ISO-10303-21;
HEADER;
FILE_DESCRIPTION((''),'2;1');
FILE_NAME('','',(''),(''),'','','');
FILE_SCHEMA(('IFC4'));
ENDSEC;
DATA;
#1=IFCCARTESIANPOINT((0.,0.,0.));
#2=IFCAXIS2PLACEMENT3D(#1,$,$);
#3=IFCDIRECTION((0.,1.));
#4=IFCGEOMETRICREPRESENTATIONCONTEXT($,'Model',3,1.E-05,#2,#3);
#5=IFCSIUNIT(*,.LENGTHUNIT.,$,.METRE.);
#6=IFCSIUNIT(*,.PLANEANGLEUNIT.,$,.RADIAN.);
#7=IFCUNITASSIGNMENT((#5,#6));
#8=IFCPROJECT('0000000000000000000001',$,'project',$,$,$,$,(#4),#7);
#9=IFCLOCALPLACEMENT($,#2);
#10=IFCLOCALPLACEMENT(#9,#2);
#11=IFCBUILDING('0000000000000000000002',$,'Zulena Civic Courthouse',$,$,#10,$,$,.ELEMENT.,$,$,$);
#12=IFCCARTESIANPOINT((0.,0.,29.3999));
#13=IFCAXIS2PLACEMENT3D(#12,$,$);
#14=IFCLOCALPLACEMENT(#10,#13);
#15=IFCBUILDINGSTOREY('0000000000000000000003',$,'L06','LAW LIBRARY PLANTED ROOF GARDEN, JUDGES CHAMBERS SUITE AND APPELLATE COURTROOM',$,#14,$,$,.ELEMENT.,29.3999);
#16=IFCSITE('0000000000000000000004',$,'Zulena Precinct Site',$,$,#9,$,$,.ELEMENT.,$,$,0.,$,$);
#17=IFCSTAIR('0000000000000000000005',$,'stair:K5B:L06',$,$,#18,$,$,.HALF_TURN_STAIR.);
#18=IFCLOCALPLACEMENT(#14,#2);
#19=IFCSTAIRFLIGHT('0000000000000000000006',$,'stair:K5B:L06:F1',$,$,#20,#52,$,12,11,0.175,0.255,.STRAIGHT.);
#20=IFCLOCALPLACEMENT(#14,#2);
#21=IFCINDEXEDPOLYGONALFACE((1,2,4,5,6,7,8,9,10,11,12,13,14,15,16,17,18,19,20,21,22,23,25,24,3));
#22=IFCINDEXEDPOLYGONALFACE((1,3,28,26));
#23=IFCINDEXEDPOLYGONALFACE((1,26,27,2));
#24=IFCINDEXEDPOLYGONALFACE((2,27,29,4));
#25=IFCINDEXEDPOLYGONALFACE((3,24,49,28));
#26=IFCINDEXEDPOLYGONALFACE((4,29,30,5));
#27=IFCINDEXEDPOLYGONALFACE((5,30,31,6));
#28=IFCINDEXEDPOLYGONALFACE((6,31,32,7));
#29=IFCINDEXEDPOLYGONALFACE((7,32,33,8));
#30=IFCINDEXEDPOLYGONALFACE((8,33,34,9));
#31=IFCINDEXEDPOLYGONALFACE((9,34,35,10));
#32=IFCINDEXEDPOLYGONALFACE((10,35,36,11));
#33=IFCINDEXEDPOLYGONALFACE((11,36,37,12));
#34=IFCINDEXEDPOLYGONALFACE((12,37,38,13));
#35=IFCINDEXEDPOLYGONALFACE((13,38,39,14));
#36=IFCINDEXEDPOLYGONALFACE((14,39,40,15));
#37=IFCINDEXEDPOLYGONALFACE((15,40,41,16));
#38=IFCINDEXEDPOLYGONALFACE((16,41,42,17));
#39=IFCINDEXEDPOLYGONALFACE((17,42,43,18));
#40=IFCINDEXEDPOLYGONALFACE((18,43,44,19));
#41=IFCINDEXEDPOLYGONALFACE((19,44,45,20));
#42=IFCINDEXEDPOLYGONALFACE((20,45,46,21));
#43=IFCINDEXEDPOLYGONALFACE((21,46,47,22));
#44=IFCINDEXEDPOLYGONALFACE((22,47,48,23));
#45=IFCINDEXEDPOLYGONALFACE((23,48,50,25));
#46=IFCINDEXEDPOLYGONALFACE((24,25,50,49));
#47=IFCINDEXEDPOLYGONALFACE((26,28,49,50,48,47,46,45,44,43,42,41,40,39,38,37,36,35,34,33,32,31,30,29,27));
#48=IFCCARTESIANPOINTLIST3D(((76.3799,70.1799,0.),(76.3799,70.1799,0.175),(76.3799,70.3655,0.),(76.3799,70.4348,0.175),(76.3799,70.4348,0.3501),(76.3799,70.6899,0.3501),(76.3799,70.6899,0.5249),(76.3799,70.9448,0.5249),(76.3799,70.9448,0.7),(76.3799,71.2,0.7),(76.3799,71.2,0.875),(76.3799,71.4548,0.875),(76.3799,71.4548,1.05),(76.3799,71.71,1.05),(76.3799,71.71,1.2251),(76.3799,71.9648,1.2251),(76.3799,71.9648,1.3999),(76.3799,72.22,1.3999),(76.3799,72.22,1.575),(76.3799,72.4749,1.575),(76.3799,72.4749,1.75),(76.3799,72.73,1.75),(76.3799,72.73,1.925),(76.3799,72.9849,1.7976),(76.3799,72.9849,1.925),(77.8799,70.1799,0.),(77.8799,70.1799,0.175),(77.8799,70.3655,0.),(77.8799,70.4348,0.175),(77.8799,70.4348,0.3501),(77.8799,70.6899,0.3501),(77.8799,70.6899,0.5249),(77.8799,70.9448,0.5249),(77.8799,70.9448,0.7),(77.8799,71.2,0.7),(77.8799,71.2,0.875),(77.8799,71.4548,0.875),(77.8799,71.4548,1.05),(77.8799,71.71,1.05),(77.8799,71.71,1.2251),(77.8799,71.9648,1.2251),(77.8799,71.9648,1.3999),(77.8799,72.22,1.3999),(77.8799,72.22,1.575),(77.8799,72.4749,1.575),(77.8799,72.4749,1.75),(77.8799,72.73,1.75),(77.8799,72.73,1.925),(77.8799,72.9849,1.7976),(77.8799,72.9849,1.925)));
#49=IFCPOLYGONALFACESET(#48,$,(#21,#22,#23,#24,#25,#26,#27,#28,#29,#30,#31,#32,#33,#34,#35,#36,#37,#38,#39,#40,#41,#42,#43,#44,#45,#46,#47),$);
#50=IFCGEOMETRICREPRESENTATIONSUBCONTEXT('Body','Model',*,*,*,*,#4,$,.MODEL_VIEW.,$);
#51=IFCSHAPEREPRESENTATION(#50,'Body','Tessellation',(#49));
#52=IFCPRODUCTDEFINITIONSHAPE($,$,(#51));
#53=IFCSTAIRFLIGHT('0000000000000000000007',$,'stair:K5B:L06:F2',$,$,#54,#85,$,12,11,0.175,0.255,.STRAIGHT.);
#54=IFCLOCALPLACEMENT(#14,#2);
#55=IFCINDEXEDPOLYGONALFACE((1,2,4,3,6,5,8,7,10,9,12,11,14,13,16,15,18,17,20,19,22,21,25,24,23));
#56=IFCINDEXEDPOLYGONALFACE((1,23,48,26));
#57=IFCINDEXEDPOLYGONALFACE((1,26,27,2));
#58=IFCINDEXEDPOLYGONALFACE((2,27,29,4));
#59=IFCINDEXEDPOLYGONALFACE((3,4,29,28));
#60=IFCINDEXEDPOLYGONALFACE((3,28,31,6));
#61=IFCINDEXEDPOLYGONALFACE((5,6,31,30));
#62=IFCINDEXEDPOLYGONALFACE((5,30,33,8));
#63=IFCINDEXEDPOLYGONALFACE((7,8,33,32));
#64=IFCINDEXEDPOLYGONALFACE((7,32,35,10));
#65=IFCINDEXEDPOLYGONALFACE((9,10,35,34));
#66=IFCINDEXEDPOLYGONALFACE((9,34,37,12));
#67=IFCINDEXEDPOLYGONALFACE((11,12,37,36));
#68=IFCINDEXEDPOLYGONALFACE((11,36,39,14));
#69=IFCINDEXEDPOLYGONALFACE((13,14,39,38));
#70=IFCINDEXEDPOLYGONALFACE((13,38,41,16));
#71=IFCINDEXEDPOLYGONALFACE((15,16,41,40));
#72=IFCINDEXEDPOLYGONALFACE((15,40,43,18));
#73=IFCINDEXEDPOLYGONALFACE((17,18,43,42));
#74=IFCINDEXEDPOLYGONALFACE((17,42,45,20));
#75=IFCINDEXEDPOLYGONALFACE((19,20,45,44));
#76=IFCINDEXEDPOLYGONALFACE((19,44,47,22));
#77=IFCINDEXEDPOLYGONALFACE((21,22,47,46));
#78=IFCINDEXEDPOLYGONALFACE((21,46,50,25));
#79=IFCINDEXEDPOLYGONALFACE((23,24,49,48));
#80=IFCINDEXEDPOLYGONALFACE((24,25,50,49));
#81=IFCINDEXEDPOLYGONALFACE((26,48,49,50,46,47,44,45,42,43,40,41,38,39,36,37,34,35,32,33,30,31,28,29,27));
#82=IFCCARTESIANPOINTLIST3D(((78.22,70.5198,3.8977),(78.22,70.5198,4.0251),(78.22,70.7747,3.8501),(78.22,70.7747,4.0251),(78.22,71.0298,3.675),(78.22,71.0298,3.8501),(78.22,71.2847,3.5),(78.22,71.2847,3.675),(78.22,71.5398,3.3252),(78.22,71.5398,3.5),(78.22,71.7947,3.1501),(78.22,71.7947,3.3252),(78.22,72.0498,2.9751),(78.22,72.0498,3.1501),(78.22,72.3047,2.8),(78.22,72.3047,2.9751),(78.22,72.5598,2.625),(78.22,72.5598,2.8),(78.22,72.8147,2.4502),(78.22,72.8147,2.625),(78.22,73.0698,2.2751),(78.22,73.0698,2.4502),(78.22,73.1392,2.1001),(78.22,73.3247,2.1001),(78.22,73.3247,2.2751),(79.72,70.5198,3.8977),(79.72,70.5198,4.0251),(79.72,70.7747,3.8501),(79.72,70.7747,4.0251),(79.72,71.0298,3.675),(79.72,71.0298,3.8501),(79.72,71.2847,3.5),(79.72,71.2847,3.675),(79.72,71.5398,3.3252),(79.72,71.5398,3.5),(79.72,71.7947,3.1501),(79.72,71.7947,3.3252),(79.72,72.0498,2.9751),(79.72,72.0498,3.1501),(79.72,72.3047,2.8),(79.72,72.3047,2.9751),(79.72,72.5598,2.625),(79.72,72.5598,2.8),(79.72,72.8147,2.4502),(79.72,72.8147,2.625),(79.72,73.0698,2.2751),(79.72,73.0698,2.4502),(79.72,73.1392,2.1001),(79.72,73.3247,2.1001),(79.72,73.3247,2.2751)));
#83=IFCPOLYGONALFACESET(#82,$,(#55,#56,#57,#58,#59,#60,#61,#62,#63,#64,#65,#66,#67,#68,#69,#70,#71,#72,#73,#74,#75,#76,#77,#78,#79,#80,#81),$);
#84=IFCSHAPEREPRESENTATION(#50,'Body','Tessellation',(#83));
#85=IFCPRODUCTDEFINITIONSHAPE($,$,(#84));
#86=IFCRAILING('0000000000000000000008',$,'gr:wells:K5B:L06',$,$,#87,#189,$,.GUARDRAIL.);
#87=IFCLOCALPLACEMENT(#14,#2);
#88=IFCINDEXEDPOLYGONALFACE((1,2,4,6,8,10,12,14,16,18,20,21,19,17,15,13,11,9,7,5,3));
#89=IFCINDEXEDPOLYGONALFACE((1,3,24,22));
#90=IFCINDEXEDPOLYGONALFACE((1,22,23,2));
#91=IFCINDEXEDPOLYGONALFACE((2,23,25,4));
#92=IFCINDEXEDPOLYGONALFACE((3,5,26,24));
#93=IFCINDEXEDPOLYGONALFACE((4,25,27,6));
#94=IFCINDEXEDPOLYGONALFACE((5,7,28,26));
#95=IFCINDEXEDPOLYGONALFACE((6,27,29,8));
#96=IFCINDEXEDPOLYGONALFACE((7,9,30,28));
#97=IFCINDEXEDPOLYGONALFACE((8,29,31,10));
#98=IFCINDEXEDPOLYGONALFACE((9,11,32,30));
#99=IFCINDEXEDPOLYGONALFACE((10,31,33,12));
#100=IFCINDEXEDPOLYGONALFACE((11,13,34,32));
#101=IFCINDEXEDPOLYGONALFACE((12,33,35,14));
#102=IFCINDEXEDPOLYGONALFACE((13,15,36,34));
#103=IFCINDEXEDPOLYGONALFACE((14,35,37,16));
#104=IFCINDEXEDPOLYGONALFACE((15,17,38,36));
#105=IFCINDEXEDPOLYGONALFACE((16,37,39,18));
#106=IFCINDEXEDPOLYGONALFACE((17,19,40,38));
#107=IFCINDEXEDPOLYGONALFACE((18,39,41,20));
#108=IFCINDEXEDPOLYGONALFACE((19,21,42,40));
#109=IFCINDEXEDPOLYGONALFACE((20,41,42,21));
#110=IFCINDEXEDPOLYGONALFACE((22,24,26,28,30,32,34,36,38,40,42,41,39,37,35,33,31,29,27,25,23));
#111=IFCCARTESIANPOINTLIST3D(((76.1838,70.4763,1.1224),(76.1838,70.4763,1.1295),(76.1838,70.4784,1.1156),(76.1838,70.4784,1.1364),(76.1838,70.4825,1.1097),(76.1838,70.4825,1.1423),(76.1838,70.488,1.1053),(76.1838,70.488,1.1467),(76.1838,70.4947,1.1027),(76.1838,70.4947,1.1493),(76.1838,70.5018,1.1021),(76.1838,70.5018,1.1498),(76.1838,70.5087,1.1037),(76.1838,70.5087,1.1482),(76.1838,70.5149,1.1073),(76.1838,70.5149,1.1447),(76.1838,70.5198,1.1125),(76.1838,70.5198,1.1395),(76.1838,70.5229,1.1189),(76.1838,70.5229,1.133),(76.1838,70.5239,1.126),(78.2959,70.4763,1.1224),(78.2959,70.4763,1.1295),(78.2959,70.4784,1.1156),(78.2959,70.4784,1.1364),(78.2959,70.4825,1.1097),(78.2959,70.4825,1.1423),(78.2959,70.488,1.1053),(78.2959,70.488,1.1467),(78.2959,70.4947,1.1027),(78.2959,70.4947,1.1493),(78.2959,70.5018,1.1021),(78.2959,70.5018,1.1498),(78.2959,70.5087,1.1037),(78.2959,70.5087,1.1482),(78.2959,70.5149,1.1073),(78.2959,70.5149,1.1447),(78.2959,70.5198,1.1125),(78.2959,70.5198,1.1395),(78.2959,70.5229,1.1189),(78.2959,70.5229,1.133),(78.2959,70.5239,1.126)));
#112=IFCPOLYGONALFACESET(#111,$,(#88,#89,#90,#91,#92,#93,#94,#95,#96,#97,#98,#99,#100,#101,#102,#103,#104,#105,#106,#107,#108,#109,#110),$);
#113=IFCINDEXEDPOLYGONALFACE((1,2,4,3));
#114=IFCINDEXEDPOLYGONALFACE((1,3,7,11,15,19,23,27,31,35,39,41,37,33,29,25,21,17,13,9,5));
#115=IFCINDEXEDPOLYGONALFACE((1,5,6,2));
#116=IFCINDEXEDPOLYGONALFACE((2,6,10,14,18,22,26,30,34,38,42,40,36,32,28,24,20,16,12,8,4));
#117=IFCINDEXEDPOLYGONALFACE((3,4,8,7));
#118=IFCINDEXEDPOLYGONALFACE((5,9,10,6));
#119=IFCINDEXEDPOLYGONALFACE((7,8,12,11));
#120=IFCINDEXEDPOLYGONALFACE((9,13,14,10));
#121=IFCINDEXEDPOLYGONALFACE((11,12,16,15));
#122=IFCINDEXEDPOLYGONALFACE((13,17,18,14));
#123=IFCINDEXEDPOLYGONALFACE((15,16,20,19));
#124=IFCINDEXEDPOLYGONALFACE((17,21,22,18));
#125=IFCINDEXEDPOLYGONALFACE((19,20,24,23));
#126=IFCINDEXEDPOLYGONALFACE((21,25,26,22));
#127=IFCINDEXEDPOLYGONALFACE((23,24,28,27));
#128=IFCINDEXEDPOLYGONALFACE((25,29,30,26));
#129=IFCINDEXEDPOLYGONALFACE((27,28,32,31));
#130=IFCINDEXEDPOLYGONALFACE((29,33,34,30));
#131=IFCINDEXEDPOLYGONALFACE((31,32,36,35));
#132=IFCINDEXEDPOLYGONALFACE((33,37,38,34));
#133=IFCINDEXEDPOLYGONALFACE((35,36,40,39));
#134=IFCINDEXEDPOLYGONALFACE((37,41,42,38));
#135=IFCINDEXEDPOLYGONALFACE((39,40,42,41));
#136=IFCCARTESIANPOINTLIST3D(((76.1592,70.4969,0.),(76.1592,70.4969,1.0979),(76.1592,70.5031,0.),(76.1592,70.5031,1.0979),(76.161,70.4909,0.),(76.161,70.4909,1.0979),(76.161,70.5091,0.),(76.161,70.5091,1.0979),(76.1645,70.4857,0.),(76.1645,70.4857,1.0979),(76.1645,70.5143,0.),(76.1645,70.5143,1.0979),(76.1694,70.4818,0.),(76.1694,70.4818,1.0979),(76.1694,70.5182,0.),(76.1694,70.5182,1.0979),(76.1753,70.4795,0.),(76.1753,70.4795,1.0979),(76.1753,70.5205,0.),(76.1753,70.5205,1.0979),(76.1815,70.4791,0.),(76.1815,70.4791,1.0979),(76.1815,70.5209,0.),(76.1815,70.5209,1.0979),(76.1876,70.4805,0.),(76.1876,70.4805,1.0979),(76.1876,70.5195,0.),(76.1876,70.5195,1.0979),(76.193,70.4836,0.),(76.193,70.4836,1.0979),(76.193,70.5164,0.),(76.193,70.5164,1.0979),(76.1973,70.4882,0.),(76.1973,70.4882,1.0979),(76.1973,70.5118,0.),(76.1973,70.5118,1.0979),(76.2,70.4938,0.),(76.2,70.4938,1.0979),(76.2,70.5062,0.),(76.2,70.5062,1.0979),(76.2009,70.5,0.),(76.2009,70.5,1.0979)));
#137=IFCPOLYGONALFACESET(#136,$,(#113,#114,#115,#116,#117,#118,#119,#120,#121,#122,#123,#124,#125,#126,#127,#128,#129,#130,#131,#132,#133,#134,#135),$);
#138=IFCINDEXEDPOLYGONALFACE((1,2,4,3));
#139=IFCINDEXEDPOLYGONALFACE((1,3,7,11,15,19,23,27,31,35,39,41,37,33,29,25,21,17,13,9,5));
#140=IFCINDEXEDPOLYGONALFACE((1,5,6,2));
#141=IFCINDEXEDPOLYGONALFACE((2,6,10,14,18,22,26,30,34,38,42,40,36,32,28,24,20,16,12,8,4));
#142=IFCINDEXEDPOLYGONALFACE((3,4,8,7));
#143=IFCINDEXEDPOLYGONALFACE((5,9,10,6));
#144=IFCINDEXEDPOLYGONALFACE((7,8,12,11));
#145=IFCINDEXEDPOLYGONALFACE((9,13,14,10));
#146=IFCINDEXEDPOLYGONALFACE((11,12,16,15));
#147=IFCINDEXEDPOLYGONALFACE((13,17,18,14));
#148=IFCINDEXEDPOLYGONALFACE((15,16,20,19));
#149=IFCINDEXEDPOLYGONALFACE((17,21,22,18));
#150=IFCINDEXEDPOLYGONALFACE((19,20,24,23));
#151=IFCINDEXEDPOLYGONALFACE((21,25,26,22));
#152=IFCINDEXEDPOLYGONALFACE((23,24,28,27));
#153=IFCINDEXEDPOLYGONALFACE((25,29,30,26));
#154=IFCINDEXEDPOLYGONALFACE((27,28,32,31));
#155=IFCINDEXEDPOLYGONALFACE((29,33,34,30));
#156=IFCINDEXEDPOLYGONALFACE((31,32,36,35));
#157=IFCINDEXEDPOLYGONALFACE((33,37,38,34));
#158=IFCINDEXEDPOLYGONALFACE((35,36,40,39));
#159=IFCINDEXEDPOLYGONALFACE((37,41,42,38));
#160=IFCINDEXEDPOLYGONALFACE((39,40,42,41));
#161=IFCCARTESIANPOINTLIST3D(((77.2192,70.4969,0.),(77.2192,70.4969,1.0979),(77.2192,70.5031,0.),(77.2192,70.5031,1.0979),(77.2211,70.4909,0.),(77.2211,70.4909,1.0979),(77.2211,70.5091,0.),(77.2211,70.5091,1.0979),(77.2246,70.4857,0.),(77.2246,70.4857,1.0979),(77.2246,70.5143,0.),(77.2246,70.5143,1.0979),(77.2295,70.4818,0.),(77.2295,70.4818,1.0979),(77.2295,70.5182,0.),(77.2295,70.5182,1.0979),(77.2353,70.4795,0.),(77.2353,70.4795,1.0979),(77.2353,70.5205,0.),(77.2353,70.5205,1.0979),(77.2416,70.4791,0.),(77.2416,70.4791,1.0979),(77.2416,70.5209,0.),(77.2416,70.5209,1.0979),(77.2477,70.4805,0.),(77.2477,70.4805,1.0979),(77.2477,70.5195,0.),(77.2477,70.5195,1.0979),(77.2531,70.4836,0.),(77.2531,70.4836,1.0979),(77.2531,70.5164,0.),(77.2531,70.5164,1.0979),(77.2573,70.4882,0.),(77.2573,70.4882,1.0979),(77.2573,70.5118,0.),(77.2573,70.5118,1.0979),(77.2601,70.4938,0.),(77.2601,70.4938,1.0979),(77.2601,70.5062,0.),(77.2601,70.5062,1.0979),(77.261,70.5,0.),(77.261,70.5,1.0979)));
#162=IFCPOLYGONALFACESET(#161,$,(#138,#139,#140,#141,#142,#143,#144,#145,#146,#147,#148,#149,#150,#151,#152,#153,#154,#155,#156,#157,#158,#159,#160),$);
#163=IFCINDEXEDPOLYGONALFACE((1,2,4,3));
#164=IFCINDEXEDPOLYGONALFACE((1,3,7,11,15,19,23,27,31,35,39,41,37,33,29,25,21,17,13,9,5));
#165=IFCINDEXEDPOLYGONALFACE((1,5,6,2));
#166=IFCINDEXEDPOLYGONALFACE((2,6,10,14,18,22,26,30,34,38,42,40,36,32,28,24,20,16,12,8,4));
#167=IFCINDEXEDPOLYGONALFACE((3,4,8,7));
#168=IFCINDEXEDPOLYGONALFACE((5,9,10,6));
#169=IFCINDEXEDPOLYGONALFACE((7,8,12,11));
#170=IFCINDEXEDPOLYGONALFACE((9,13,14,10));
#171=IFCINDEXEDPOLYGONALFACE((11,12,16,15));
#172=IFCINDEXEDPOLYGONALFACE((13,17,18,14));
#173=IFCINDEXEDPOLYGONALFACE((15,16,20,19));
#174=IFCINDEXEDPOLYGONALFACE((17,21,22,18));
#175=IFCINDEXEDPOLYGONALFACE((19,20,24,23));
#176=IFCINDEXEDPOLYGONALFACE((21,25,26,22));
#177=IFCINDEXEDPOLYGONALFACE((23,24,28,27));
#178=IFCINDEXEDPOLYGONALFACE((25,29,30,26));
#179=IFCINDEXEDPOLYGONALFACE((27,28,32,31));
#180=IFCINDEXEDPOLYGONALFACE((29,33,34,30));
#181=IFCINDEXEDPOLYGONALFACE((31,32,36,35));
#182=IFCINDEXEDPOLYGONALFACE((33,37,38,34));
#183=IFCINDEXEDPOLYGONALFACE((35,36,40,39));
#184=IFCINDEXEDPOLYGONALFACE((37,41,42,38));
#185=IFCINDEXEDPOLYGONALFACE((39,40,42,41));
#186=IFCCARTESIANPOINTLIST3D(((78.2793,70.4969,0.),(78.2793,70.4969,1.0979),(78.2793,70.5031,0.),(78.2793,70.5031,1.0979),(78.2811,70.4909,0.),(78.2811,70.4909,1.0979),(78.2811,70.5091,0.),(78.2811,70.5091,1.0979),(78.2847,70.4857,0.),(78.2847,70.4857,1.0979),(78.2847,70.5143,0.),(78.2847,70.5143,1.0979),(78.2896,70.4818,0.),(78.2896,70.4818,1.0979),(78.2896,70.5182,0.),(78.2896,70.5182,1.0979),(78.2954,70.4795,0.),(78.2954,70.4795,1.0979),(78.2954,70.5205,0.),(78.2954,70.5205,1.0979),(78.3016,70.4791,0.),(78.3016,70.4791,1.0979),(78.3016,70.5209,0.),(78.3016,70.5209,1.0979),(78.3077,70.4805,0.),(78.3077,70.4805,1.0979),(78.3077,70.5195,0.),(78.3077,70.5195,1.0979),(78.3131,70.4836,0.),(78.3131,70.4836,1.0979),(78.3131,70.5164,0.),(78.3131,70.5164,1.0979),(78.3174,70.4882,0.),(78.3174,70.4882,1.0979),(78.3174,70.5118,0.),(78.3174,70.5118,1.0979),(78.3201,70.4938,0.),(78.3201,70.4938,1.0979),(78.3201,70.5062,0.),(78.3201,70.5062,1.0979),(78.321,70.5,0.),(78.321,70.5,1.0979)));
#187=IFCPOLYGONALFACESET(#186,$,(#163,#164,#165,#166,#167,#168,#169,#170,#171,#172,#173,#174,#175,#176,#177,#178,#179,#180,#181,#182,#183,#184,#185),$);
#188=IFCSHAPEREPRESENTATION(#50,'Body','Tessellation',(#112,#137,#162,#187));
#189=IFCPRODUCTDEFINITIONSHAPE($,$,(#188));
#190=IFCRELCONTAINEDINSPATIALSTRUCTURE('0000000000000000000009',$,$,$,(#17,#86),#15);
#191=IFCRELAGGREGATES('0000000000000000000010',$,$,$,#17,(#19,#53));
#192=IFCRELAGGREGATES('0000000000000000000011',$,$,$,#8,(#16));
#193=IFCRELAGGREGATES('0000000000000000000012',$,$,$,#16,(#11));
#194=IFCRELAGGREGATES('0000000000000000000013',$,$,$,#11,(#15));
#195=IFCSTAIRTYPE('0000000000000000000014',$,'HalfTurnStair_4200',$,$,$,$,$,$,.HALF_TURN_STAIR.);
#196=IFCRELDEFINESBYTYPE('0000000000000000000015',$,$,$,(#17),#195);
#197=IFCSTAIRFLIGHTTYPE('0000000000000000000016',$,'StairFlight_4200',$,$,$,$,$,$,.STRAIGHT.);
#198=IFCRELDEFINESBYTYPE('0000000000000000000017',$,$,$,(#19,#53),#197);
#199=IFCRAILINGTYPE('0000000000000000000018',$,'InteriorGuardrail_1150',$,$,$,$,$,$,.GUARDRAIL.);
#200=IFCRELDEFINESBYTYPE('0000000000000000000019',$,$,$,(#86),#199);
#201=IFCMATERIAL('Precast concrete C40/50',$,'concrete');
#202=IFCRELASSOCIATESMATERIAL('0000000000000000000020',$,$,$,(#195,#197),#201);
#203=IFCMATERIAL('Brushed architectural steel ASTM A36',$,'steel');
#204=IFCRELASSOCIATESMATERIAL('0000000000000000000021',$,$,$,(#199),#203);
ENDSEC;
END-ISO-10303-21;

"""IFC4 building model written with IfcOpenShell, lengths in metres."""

from ifc_helpers import new_model, si_unit, direction, frame, origin, origin_2d, place, context, subcontext, project, spatial, polyline, circle, outline, extrude, material, type_object, element, aggregate, save


model = new_model("IFC4")

# Units and contexts
model_context = context("Model", 3, precision=1e-05, world=origin(), true_north=direction((0.0, 1.0)))
body_context = subcontext(model_context, "Body", "Model", "MODEL_VIEW")
ifc_project = project(units=[si_unit("LENGTHUNIT", "METRE"), si_unit("PLANEANGLEUNIT", "RADIAN")], contexts=[model_context])

# Site, building, storey
site_placement = place(None, origin())
site = spatial("IfcSite", under=ifc_project, at=site_placement, Name="Zulena Precinct Site", CompositionType="ELEMENT", RefElevation=0.0)
building_placement = place(site_placement, origin())
building = spatial("IfcBuilding", under=site, at=building_placement, Name="Zulena Civic Courthouse", CompositionType="ELEMENT")
storey_placement = place(building_placement, frame((0.0, 0.0, 29.3999)))
storey = spatial("IfcBuildingStorey", under=building, at=storey_placement, Name="L06", Description="LAW LIBRARY PLANTED ROOF GARDEN, JUDGES CHAMBERS SUITE AND APPELLATE COURTROOM", CompositionType="ELEMENT", Elevation=29.3999)

# Stair, stair flights
ifc_material_1 = material(Name="Precast concrete C40/50", Category="concrete")
stair_type = type_object("IfcStairType", Name="HalfTurnStair_4200", PredefinedType="HALF_TURN_STAIR", material=ifc_material_1)
stair_placement = place(storey_placement, origin())
stair = element("IfcStair", 1, at=stair_placement, inside=storey, type_object=stair_type, Name="stair:K5B:L06", PredefinedType="HALF_TURN_STAIR")
stair_flight_type = type_object("IfcStairFlightType", Name="StairFlight_4200", PredefinedType="STRAIGHT", material=ifc_material_1)
stair_flight_1_placement = place(storey_placement, frame((77.1299, 70.1799, 0.0), z_axis=(0.0, 0.0, 1.0), x_axis=(0.0, 1.0, 0.0)))
stair_flight_1 = element("IfcStairFlight", 2, at=stair_flight_1_placement, type_object=stair_flight_type, Name="stair:K5B:L06:F1", NumberOfRisers=12, NumberOfTreads=11, PredefinedType="STRAIGHT", RiserHeight=0.175, TreadLength=0.255, context=body_context, shape_type="SweptSolid", body=[
    extrude(outline(polyline([(0.0, 0.0), (0.0, 0.175), (0.2549, 0.175), (0.2549, 0.3501), (0.51, 0.3501), (0.51, 0.5249), (0.7649, 0.5249), (0.7649, 0.7), (1.02, 0.7), (1.02, 0.875), (1.2749, 0.875), (1.2749, 1.05), (1.53, 1.05), (1.53, 1.2251), (1.7849, 1.2251), (1.7849, 1.3999), (2.04, 1.3999), (2.04, 1.575), (2.2949, 1.575), (2.2949, 1.75), (2.55, 1.75), (2.55, 1.925), (2.8049, 1.925), (2.8049, 2.1001), (2.8049, 1.7976), (0.1855, 0.0), (0.0, 0.0)])), frame((0.0, 0.75, 0.0), z_axis=(0.0, -1.0, 0.0), x_axis=(1.0, 0.0, 0.0)), (0.0, 0.0, 1.0), 1.5),
])
stair_flight_2_placement = place(storey_placement, frame((78.97, 73.3247, 2.1001), z_axis=(0.0, 0.0, 1.0), x_axis=(0.0, -1.0, 0.0)))
stair_flight_2 = element("IfcStairFlight", 3, at=stair_flight_2_placement, type_object=stair_flight_type, Name="stair:K5B:L06:F2", NumberOfRisers=12, NumberOfTreads=11, PredefinedType="STRAIGHT", RiserHeight=0.175, TreadLength=0.255, context=body_context, shape_type="SweptSolid", body=[
    extrude(outline(polyline([(0.0, 0.0), (0.0, 0.175), (0.2549, 0.175), (0.2549, 0.3501), (0.51, 0.3501), (0.51, 0.5249), (0.7649, 0.5249), (0.7649, 0.7), (1.02, 0.7), (1.02, 0.875), (1.2749, 0.875), (1.2749, 1.05), (1.53, 1.05), (1.53, 1.2251), (1.7849, 1.2251), (1.7849, 1.3999), (2.04, 1.3999), (2.04, 1.575), (2.2949, 1.575), (2.2949, 1.75), (2.55, 1.75), (2.55, 1.925), (2.8049, 1.925), (2.8049, 2.1001), (2.8049, 1.7976), (0.1855, 0.0), (0.0, 0.0)])), frame((0.0, 0.75, 0.0), z_axis=(0.0, -1.0, 0.0), x_axis=(1.0, 0.0, 0.0)), (0.0, 0.0, 1.0), 1.5),
])
aggregate(stair, [stair_flight_1, stair_flight_2])

# Railing
ifc_material_2 = material(Name="Brushed architectural steel ASTM A36", Category="steel")
railing_type_1 = type_object("IfcRailingType", Name="InteriorGuardrail_1150", PredefinedType="GUARDRAIL", material=ifc_material_2)
railing_1_placement = place(storey_placement, frame((76.1799, 70.5, 0.0)))
element("IfcRailing", 4, at=railing_1_placement, inside=storey, type_object=railing_type_1, Name="gr:wells:K5B:L06", PredefinedType="GUARDRAIL", context=body_context, shape_type="SweptSolid", body=[
    extrude(circle(Radius=0.0239, at=origin_2d()), frame((0.0039, 0.0, 1.126), z_axis=(1.0, 0.0, 0.0), x_axis=(0.0, 1.0, 0.0)), (0.0, 0.0, 1.0), 2.1121),
    extrude(circle(Radius=0.021, at=origin_2d()), origin(), (0.0, 0.0, 1.0), 1.0979),
    extrude(circle(Radius=0.021, at=origin_2d()), frame((1.0601, 0.0, 0.0)), (0.0, 0.0, 1.0), 1.0979),
    extrude(circle(Radius=0.021, at=origin_2d()), frame((2.1201, 0.0, 0.0)), (0.0, 0.0, 1.0), 1.0979),
])

save(model, "model.ifc")
